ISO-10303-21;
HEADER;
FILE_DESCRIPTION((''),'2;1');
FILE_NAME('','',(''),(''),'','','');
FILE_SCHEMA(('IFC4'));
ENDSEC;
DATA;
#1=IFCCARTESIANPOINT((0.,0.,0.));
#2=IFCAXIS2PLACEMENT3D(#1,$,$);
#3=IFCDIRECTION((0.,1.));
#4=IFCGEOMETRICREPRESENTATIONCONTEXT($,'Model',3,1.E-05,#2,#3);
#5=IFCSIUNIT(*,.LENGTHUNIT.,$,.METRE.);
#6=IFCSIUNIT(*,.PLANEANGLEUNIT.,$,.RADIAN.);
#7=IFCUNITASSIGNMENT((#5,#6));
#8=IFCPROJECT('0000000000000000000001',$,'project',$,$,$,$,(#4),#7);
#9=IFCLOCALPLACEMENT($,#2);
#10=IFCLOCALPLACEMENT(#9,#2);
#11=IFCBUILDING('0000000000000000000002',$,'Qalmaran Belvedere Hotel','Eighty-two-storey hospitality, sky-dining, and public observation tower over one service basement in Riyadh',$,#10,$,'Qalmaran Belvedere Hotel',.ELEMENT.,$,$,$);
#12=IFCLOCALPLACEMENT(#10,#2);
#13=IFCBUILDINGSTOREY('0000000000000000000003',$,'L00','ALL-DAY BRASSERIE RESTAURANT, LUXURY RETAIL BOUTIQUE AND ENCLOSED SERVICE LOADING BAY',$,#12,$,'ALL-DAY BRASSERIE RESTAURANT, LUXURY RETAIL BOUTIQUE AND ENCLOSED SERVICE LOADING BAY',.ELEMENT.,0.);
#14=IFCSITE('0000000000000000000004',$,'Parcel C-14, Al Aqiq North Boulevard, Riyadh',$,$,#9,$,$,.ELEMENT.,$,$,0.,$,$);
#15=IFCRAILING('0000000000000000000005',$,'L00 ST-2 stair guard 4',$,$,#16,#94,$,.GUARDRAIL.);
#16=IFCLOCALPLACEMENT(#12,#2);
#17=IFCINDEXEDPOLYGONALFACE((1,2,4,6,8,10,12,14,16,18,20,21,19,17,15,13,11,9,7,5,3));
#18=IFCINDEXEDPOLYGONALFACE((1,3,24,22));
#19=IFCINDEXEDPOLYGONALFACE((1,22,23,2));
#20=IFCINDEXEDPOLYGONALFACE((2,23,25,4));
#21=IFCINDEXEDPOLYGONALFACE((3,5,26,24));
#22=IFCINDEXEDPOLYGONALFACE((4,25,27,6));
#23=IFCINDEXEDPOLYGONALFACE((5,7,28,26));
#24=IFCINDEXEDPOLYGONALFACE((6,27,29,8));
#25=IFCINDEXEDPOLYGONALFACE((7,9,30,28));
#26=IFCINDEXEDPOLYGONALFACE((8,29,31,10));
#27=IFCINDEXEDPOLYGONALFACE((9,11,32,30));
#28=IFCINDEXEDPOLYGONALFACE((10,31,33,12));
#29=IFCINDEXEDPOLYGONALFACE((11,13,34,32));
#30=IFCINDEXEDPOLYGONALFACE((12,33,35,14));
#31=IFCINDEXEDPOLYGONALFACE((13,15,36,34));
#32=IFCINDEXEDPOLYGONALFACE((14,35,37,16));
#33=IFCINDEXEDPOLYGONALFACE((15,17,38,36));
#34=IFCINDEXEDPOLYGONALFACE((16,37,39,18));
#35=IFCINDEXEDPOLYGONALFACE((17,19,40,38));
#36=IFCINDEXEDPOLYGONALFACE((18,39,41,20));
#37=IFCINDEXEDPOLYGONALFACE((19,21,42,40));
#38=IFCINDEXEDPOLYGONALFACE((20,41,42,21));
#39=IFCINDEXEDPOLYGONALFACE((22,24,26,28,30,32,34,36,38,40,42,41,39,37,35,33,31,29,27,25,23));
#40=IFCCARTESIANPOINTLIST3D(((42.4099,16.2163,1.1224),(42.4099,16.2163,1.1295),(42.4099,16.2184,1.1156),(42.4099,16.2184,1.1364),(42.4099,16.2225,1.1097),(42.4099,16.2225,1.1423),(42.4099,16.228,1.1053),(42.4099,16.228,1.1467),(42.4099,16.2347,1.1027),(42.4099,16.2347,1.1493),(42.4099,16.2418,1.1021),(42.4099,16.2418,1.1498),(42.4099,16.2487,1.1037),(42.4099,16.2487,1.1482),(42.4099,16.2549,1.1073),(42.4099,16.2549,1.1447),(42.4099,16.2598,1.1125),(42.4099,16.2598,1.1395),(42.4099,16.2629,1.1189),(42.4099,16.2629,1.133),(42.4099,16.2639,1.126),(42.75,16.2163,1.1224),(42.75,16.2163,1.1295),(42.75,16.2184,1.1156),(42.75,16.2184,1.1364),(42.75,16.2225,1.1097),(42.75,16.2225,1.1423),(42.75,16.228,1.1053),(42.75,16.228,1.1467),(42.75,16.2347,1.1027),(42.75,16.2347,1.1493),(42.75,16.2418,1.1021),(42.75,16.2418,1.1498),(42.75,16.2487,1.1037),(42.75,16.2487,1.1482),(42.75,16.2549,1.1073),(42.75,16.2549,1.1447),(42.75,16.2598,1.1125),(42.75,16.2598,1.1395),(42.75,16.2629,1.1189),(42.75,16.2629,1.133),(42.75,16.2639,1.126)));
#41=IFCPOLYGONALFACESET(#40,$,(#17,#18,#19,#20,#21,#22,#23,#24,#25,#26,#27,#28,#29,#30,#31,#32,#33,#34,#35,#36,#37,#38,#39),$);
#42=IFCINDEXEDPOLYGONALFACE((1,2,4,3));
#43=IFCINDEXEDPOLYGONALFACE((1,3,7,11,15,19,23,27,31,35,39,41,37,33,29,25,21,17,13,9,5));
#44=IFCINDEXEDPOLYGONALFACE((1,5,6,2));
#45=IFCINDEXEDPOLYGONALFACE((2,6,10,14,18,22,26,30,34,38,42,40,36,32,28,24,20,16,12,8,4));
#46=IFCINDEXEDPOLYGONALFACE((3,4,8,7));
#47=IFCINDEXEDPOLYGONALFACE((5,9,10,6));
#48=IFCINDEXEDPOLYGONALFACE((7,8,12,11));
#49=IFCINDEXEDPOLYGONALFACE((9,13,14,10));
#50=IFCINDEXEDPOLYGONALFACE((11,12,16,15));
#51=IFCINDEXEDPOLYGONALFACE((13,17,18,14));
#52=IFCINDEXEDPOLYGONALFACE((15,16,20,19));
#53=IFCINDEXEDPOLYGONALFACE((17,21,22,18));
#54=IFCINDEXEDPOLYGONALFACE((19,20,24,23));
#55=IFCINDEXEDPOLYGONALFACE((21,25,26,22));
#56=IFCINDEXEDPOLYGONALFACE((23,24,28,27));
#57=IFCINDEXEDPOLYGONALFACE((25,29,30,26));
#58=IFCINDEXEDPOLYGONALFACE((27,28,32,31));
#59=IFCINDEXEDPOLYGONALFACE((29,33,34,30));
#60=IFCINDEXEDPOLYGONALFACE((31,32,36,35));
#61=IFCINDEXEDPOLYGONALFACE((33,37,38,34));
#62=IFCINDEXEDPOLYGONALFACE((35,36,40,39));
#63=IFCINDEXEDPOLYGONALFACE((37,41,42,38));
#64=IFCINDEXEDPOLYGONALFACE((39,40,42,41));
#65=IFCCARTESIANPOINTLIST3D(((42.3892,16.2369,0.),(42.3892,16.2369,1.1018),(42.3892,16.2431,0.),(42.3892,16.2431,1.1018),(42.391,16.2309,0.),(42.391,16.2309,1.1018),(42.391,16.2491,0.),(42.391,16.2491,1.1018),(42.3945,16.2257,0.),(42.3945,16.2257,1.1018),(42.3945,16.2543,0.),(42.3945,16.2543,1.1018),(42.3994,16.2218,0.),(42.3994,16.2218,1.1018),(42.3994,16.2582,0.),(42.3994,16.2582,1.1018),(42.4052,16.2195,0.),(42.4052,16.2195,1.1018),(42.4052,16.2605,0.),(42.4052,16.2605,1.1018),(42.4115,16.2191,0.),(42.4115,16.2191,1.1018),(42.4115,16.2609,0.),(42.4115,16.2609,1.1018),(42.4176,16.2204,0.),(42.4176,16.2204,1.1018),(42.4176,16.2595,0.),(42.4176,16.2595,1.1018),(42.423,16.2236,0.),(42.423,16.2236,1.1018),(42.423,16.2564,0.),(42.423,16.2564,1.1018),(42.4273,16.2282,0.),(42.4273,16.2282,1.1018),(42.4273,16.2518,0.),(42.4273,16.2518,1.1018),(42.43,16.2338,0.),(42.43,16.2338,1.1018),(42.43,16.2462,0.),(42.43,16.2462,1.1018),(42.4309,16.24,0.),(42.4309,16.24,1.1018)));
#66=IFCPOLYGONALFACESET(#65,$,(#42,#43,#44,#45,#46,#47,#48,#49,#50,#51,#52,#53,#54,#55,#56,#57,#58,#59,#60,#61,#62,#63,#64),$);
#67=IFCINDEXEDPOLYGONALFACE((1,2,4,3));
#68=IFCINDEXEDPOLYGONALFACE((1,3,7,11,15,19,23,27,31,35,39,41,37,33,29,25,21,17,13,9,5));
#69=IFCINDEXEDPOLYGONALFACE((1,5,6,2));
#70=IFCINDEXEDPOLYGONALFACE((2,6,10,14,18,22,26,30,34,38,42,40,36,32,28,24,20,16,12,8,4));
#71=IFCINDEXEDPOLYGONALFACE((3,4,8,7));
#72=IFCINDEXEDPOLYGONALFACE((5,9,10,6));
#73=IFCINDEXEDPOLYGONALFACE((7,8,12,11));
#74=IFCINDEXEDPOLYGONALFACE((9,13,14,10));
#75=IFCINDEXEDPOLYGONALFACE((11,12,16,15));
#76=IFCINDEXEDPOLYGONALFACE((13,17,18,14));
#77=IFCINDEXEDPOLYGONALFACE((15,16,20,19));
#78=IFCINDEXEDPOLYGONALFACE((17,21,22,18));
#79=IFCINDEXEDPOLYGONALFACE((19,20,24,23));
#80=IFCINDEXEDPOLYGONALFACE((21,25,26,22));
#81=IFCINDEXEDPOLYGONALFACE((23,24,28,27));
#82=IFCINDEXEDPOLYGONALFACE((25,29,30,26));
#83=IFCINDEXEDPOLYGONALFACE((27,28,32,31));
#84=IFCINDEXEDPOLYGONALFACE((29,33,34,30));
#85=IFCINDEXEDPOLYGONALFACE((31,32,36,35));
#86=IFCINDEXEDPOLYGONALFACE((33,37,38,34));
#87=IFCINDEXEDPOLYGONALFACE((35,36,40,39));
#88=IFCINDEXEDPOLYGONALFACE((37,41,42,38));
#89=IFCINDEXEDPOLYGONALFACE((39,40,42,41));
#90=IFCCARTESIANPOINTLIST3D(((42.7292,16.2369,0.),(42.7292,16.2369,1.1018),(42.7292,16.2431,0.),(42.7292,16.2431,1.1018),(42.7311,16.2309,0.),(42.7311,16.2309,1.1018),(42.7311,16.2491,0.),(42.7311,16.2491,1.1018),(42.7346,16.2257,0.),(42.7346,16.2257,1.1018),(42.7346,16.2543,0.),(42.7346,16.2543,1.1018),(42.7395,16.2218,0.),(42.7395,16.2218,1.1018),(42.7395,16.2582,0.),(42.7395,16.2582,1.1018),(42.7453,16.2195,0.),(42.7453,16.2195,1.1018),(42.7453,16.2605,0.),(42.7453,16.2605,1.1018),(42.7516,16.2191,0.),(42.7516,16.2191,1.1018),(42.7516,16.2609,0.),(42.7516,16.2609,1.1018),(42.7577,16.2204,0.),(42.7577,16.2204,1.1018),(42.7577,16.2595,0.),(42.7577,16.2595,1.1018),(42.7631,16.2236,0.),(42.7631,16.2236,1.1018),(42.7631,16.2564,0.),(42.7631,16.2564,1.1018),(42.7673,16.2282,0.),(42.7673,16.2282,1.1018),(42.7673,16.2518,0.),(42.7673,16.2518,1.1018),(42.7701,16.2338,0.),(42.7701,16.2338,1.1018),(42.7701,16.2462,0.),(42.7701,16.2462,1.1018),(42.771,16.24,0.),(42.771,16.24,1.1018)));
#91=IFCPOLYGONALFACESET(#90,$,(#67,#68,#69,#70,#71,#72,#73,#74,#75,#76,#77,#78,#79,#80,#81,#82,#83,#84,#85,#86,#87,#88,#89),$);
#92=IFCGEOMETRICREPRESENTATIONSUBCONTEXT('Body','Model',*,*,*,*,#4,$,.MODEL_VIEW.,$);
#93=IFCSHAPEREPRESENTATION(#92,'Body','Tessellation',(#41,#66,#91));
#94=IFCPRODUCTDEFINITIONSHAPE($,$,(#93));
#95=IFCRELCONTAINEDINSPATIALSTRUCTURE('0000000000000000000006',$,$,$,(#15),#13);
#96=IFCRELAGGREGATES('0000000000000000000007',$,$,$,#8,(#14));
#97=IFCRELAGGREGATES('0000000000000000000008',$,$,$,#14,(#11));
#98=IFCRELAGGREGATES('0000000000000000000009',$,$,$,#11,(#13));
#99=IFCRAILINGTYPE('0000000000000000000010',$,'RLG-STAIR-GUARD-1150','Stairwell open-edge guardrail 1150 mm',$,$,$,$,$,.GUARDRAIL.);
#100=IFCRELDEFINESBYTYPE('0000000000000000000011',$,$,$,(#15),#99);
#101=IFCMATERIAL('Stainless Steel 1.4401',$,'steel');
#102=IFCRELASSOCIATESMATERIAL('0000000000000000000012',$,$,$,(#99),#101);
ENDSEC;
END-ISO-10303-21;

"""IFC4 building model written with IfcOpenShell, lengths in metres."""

from ifc_helpers import new_model, si_unit, direction, frame, origin, origin_2d, place, context, subcontext, project, spatial, circle, extrude, material, type_object, element, save


model = new_model("IFC4")

# Units and contexts
model_context = context("Model", 3, precision=1e-05, world=origin(), true_north=direction((0.0, 1.0)))
body_context = subcontext(model_context, "Body", "Model", "MODEL_VIEW")
ifc_project = project(units=[si_unit("LENGTHUNIT", "METRE"), si_unit("PLANEANGLEUNIT", "RADIAN")], contexts=[model_context])

# Site, building, storey
site_placement = place(None, origin())
site = spatial("IfcSite", under=ifc_project, at=site_placement, Name="Parcel C-14, Al Aqiq North Boulevard, Riyadh", CompositionType="ELEMENT", RefElevation=0.0)
building_placement = place(site_placement, origin())
building = spatial("IfcBuilding", under=site, at=building_placement, Name="Qalmaran Belvedere Hotel", Description="Eighty-two-storey hospitality, sky-dining, and public observation tower over one service basement in Riyadh", LongName="Qalmaran Belvedere Hotel", CompositionType="ELEMENT")
storey_placement = place(building_placement, origin())
storey = spatial("IfcBuildingStorey", under=building, at=storey_placement, Name="L00", Description="ALL-DAY BRASSERIE RESTAURANT, LUXURY RETAIL BOUTIQUE AND ENCLOSED SERVICE LOADING BAY", LongName="ALL-DAY BRASSERIE RESTAURANT, LUXURY RETAIL BOUTIQUE AND ENCLOSED SERVICE LOADING BAY", CompositionType="ELEMENT", Elevation=0.0)

# Railing
ifc_material_1 = material(Name="Stainless Steel 1.4401", Category="steel")
railing_type_1 = type_object("IfcRailingType", Name="RLG-STAIR-GUARD-1150", Description="Stairwell open-edge guardrail 1150 mm", PredefinedType="GUARDRAIL", material=ifc_material_1)
railing_1_placement = place(storey_placement, frame((42.4099, 16.24, 0.0)))
element("IfcRailing", 1, at=railing_1_placement, inside=storey, type_object=railing_type_1, Name="L00 ST-2 stair guard 4", PredefinedType="GUARDRAIL", context=body_context, shape_type="SweptSolid", body=[
    extrude(circle(Radius=0.0239, at=origin_2d()), frame((0.0, 0.0, 1.126), z_axis=(1.0, 0.0, 0.0), x_axis=(0.0, 1.0, 0.0)), (0.0, 0.0, 1.0), 0.3401),
    extrude(circle(Radius=0.021, at=origin_2d()), origin(), (0.0, 0.0, 1.0), 1.1018),
    extrude(circle(Radius=0.021, at=origin_2d()), frame((0.3401, 0.0, 0.0)), (0.0, 0.0, 1.0), 1.1018),
])

save(model, "model.ifc")
